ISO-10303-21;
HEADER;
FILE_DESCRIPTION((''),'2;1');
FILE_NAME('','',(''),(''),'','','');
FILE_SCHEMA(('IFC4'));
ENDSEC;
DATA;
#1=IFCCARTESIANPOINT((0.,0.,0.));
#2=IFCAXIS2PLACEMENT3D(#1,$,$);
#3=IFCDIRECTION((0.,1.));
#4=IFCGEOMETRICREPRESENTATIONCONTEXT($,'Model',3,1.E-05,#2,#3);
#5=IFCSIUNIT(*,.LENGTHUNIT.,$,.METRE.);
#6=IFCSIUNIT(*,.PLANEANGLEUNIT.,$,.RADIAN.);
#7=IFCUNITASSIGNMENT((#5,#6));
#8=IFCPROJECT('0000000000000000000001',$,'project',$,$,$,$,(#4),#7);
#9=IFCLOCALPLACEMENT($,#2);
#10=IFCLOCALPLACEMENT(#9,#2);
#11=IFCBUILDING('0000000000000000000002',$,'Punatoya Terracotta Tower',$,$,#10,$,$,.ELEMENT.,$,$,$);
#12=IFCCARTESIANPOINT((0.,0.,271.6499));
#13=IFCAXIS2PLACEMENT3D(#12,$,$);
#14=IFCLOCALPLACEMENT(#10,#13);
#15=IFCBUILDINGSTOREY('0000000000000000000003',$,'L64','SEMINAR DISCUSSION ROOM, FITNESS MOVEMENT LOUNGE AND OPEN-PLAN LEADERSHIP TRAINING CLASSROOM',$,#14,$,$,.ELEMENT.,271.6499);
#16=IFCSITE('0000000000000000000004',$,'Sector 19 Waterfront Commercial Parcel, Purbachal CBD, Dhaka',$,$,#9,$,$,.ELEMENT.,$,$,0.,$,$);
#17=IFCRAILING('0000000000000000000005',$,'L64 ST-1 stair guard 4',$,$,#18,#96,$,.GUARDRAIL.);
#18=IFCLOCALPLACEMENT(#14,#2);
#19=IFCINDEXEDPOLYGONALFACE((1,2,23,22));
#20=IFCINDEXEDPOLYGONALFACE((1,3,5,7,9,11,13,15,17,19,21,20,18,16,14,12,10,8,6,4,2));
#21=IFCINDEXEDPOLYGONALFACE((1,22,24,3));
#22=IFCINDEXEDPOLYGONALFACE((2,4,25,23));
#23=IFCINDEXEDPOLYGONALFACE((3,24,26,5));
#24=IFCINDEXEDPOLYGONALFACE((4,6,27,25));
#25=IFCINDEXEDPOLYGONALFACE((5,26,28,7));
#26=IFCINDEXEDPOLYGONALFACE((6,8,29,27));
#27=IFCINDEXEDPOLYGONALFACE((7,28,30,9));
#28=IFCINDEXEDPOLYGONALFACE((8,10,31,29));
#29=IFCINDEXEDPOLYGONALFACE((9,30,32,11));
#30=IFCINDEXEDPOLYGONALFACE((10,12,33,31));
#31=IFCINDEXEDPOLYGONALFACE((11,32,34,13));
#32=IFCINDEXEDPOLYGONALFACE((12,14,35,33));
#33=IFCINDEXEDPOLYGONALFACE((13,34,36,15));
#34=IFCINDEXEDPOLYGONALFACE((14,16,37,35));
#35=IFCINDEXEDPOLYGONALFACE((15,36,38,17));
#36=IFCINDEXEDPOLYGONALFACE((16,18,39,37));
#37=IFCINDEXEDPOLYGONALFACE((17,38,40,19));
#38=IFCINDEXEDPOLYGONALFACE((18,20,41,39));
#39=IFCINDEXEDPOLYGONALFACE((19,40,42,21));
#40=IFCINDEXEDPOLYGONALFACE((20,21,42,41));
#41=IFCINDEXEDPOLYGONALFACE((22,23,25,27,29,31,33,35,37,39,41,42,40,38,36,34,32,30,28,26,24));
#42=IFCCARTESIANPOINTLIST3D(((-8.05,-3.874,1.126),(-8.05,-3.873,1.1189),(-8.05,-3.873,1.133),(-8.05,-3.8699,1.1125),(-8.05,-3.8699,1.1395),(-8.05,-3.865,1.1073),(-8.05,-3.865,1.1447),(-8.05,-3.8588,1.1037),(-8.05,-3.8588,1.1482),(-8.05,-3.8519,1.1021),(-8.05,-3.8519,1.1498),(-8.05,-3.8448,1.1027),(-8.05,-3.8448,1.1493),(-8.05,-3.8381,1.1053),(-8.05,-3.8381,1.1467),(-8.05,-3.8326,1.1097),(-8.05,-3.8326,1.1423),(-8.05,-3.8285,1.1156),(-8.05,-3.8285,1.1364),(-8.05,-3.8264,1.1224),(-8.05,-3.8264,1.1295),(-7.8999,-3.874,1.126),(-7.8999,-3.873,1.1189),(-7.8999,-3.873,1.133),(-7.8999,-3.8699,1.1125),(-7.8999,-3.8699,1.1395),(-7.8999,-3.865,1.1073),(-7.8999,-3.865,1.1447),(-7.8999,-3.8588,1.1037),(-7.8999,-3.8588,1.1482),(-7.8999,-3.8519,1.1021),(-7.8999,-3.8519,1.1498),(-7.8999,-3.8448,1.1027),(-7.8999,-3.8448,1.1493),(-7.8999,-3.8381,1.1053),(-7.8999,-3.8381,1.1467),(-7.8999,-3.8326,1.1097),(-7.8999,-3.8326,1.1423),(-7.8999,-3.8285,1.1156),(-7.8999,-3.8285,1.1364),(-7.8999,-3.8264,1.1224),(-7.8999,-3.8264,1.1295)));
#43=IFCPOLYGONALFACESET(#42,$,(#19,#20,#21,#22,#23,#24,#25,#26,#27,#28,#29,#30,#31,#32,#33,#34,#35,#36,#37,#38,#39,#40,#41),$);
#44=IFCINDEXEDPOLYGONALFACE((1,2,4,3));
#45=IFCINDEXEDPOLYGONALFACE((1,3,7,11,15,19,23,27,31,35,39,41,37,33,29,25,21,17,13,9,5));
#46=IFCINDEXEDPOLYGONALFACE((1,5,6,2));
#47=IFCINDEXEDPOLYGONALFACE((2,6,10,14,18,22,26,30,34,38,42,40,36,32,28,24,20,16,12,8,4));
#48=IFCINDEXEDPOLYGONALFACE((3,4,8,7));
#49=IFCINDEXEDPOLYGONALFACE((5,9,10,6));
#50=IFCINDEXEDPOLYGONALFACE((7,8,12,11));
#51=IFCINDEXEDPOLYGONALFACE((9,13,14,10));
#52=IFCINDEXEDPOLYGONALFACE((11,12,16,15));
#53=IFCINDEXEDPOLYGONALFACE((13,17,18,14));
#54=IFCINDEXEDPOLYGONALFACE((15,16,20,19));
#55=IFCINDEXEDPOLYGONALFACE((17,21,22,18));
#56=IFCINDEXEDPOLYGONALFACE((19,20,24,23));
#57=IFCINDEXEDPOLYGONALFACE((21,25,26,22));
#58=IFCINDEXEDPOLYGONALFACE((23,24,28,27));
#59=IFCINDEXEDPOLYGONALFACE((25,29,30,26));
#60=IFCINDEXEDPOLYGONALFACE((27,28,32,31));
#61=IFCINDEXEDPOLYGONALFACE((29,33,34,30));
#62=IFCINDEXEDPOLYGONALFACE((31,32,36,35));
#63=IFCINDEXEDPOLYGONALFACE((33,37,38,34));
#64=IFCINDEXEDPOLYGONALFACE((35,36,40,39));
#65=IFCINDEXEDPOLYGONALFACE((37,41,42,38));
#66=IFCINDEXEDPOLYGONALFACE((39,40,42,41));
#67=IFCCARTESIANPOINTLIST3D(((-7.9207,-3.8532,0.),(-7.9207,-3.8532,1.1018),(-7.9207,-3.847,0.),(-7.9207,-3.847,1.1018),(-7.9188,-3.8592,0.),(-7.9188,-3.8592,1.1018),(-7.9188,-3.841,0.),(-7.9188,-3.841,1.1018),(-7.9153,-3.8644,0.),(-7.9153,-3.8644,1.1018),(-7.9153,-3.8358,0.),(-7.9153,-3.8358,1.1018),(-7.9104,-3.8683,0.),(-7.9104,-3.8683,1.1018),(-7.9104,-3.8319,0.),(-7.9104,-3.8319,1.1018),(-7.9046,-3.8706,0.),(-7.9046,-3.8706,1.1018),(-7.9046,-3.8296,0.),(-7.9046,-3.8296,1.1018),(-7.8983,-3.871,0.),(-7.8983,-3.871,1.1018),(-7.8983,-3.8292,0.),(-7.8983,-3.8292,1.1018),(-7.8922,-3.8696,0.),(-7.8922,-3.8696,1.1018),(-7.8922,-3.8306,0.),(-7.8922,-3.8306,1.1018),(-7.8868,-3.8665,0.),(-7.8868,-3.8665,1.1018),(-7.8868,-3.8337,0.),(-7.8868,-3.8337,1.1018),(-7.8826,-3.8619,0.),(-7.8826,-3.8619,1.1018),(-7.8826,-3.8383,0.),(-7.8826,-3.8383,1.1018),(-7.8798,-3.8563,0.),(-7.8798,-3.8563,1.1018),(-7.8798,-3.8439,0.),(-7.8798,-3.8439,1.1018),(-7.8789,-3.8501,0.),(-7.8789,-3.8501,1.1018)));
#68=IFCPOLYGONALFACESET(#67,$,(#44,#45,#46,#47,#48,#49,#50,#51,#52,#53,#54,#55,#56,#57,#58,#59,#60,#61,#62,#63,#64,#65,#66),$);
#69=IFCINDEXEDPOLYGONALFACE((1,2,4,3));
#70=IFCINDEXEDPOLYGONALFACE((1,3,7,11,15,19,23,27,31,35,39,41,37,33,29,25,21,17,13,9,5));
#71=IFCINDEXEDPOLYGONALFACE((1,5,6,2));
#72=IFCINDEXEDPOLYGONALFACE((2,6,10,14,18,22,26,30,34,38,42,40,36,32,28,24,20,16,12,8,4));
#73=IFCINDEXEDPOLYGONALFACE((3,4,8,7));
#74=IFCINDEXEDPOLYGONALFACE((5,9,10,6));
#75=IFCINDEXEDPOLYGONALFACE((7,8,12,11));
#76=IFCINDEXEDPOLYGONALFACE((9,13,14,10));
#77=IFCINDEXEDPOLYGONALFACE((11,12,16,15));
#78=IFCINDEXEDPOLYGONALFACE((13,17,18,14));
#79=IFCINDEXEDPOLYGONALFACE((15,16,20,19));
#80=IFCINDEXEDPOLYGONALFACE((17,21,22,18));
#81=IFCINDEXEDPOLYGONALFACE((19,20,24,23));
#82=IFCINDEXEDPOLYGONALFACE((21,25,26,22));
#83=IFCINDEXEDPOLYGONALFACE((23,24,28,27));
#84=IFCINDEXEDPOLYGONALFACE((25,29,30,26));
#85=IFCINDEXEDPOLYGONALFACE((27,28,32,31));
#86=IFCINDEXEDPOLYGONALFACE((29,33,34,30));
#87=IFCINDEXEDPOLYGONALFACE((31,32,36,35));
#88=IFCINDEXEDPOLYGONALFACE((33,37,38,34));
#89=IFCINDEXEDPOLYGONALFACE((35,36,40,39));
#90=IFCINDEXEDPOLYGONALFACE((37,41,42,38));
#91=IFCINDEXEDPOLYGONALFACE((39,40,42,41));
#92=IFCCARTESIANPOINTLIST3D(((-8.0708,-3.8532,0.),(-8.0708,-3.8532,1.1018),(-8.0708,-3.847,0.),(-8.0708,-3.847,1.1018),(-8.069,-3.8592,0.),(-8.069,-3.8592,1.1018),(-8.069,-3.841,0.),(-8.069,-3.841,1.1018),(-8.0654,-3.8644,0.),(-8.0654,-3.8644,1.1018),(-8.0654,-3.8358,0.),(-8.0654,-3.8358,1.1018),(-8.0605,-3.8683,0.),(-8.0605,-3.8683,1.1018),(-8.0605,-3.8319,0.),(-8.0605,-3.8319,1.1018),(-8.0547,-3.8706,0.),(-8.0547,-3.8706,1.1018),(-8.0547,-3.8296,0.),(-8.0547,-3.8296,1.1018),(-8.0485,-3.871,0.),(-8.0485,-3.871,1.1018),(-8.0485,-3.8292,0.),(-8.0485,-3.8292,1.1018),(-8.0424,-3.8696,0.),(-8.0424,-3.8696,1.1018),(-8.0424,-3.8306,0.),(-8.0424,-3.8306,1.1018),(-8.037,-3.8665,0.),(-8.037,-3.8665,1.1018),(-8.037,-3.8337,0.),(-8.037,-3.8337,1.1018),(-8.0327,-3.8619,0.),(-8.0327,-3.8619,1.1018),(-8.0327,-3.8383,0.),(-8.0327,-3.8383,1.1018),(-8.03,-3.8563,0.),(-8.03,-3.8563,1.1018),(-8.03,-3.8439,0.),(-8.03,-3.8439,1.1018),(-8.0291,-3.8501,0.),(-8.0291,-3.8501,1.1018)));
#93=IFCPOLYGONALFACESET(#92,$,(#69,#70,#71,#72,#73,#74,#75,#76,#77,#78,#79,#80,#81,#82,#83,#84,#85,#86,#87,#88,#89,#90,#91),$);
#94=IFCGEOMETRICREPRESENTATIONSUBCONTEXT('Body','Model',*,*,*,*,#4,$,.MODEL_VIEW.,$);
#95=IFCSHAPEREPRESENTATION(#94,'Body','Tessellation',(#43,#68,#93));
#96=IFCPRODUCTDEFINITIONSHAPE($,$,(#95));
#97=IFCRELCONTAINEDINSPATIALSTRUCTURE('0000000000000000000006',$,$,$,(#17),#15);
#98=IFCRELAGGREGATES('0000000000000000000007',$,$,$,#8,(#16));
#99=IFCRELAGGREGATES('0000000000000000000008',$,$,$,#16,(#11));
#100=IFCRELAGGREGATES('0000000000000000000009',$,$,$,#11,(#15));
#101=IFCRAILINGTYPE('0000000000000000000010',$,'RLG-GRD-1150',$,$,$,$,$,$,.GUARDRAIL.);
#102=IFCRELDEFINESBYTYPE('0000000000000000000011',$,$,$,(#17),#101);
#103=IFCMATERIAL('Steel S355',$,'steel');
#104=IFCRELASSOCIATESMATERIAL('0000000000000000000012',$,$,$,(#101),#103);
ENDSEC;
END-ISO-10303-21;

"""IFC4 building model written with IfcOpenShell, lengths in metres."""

from ifc_helpers import new_model, si_unit, direction, frame, origin, origin_2d, place, context, subcontext, project, spatial, circle, extrude, material, type_object, element, save


model = new_model("IFC4")

# Units and contexts
model_context = context("Model", 3, precision=1e-05, world=origin(), true_north=direction((0.0, 1.0)))
body_context = subcontext(model_context, "Body", "Model", "MODEL_VIEW")
ifc_project = project(units=[si_unit("LENGTHUNIT", "METRE"), si_unit("PLANEANGLEUNIT", "RADIAN")], contexts=[model_context])

# Site, building, storey
site_placement = place(None, origin())
site = spatial("IfcSite", under=ifc_project, at=site_placement, Name="Sector 19 Waterfront Commercial Parcel, Purbachal CBD, Dhaka", CompositionType="ELEMENT", RefElevation=0.0)
building_placement = place(site_placement, origin())
building = spatial("IfcBuilding", under=site, at=building_placement, Name="Punatoya Terracotta Tower", CompositionType="ELEMENT")
storey_placement = place(building_placement, frame((0.0, 0.0, 271.6499)))
storey = spatial("IfcBuildingStorey", under=building, at=storey_placement, Name="L64", Description="SEMINAR DISCUSSION ROOM, FITNESS MOVEMENT LOUNGE AND OPEN-PLAN LEADERSHIP TRAINING CLASSROOM", CompositionType="ELEMENT", Elevation=271.6499)

# Railing
ifc_material_1 = material(Name="Steel S355", Category="steel")
railing_type_1 = type_object("IfcRailingType", Name="RLG-GRD-1150", PredefinedType="GUARDRAIL", material=ifc_material_1)
railing_1_placement = place(storey_placement, frame((-7.8999, -3.8501, 0.0)))
element("IfcRailing", 1, at=railing_1_placement, inside=storey, type_object=railing_type_1, Name="L64 ST-1 stair guard 4", PredefinedType="GUARDRAIL", context=body_context, shape_type="SweptSolid", body=[
    extrude(circle(Radius=0.0239, at=origin_2d()), frame((0.0, 0.0, 1.126), z_axis=(-1.0, 0.0, 0.0), x_axis=(0.0, -1.0, 0.0)), (0.0, 0.0, 1.0), 0.1501),
    extrude(circle(Radius=0.021, at=origin_2d()), origin(), (0.0, 0.0, 1.0), 1.1018),
    extrude(circle(Radius=0.021, at=origin_2d()), frame((-0.1501, 0.0, 0.0)), (0.0, 0.0, 1.0), 1.1018),
])

save(model, "model.ifc")
